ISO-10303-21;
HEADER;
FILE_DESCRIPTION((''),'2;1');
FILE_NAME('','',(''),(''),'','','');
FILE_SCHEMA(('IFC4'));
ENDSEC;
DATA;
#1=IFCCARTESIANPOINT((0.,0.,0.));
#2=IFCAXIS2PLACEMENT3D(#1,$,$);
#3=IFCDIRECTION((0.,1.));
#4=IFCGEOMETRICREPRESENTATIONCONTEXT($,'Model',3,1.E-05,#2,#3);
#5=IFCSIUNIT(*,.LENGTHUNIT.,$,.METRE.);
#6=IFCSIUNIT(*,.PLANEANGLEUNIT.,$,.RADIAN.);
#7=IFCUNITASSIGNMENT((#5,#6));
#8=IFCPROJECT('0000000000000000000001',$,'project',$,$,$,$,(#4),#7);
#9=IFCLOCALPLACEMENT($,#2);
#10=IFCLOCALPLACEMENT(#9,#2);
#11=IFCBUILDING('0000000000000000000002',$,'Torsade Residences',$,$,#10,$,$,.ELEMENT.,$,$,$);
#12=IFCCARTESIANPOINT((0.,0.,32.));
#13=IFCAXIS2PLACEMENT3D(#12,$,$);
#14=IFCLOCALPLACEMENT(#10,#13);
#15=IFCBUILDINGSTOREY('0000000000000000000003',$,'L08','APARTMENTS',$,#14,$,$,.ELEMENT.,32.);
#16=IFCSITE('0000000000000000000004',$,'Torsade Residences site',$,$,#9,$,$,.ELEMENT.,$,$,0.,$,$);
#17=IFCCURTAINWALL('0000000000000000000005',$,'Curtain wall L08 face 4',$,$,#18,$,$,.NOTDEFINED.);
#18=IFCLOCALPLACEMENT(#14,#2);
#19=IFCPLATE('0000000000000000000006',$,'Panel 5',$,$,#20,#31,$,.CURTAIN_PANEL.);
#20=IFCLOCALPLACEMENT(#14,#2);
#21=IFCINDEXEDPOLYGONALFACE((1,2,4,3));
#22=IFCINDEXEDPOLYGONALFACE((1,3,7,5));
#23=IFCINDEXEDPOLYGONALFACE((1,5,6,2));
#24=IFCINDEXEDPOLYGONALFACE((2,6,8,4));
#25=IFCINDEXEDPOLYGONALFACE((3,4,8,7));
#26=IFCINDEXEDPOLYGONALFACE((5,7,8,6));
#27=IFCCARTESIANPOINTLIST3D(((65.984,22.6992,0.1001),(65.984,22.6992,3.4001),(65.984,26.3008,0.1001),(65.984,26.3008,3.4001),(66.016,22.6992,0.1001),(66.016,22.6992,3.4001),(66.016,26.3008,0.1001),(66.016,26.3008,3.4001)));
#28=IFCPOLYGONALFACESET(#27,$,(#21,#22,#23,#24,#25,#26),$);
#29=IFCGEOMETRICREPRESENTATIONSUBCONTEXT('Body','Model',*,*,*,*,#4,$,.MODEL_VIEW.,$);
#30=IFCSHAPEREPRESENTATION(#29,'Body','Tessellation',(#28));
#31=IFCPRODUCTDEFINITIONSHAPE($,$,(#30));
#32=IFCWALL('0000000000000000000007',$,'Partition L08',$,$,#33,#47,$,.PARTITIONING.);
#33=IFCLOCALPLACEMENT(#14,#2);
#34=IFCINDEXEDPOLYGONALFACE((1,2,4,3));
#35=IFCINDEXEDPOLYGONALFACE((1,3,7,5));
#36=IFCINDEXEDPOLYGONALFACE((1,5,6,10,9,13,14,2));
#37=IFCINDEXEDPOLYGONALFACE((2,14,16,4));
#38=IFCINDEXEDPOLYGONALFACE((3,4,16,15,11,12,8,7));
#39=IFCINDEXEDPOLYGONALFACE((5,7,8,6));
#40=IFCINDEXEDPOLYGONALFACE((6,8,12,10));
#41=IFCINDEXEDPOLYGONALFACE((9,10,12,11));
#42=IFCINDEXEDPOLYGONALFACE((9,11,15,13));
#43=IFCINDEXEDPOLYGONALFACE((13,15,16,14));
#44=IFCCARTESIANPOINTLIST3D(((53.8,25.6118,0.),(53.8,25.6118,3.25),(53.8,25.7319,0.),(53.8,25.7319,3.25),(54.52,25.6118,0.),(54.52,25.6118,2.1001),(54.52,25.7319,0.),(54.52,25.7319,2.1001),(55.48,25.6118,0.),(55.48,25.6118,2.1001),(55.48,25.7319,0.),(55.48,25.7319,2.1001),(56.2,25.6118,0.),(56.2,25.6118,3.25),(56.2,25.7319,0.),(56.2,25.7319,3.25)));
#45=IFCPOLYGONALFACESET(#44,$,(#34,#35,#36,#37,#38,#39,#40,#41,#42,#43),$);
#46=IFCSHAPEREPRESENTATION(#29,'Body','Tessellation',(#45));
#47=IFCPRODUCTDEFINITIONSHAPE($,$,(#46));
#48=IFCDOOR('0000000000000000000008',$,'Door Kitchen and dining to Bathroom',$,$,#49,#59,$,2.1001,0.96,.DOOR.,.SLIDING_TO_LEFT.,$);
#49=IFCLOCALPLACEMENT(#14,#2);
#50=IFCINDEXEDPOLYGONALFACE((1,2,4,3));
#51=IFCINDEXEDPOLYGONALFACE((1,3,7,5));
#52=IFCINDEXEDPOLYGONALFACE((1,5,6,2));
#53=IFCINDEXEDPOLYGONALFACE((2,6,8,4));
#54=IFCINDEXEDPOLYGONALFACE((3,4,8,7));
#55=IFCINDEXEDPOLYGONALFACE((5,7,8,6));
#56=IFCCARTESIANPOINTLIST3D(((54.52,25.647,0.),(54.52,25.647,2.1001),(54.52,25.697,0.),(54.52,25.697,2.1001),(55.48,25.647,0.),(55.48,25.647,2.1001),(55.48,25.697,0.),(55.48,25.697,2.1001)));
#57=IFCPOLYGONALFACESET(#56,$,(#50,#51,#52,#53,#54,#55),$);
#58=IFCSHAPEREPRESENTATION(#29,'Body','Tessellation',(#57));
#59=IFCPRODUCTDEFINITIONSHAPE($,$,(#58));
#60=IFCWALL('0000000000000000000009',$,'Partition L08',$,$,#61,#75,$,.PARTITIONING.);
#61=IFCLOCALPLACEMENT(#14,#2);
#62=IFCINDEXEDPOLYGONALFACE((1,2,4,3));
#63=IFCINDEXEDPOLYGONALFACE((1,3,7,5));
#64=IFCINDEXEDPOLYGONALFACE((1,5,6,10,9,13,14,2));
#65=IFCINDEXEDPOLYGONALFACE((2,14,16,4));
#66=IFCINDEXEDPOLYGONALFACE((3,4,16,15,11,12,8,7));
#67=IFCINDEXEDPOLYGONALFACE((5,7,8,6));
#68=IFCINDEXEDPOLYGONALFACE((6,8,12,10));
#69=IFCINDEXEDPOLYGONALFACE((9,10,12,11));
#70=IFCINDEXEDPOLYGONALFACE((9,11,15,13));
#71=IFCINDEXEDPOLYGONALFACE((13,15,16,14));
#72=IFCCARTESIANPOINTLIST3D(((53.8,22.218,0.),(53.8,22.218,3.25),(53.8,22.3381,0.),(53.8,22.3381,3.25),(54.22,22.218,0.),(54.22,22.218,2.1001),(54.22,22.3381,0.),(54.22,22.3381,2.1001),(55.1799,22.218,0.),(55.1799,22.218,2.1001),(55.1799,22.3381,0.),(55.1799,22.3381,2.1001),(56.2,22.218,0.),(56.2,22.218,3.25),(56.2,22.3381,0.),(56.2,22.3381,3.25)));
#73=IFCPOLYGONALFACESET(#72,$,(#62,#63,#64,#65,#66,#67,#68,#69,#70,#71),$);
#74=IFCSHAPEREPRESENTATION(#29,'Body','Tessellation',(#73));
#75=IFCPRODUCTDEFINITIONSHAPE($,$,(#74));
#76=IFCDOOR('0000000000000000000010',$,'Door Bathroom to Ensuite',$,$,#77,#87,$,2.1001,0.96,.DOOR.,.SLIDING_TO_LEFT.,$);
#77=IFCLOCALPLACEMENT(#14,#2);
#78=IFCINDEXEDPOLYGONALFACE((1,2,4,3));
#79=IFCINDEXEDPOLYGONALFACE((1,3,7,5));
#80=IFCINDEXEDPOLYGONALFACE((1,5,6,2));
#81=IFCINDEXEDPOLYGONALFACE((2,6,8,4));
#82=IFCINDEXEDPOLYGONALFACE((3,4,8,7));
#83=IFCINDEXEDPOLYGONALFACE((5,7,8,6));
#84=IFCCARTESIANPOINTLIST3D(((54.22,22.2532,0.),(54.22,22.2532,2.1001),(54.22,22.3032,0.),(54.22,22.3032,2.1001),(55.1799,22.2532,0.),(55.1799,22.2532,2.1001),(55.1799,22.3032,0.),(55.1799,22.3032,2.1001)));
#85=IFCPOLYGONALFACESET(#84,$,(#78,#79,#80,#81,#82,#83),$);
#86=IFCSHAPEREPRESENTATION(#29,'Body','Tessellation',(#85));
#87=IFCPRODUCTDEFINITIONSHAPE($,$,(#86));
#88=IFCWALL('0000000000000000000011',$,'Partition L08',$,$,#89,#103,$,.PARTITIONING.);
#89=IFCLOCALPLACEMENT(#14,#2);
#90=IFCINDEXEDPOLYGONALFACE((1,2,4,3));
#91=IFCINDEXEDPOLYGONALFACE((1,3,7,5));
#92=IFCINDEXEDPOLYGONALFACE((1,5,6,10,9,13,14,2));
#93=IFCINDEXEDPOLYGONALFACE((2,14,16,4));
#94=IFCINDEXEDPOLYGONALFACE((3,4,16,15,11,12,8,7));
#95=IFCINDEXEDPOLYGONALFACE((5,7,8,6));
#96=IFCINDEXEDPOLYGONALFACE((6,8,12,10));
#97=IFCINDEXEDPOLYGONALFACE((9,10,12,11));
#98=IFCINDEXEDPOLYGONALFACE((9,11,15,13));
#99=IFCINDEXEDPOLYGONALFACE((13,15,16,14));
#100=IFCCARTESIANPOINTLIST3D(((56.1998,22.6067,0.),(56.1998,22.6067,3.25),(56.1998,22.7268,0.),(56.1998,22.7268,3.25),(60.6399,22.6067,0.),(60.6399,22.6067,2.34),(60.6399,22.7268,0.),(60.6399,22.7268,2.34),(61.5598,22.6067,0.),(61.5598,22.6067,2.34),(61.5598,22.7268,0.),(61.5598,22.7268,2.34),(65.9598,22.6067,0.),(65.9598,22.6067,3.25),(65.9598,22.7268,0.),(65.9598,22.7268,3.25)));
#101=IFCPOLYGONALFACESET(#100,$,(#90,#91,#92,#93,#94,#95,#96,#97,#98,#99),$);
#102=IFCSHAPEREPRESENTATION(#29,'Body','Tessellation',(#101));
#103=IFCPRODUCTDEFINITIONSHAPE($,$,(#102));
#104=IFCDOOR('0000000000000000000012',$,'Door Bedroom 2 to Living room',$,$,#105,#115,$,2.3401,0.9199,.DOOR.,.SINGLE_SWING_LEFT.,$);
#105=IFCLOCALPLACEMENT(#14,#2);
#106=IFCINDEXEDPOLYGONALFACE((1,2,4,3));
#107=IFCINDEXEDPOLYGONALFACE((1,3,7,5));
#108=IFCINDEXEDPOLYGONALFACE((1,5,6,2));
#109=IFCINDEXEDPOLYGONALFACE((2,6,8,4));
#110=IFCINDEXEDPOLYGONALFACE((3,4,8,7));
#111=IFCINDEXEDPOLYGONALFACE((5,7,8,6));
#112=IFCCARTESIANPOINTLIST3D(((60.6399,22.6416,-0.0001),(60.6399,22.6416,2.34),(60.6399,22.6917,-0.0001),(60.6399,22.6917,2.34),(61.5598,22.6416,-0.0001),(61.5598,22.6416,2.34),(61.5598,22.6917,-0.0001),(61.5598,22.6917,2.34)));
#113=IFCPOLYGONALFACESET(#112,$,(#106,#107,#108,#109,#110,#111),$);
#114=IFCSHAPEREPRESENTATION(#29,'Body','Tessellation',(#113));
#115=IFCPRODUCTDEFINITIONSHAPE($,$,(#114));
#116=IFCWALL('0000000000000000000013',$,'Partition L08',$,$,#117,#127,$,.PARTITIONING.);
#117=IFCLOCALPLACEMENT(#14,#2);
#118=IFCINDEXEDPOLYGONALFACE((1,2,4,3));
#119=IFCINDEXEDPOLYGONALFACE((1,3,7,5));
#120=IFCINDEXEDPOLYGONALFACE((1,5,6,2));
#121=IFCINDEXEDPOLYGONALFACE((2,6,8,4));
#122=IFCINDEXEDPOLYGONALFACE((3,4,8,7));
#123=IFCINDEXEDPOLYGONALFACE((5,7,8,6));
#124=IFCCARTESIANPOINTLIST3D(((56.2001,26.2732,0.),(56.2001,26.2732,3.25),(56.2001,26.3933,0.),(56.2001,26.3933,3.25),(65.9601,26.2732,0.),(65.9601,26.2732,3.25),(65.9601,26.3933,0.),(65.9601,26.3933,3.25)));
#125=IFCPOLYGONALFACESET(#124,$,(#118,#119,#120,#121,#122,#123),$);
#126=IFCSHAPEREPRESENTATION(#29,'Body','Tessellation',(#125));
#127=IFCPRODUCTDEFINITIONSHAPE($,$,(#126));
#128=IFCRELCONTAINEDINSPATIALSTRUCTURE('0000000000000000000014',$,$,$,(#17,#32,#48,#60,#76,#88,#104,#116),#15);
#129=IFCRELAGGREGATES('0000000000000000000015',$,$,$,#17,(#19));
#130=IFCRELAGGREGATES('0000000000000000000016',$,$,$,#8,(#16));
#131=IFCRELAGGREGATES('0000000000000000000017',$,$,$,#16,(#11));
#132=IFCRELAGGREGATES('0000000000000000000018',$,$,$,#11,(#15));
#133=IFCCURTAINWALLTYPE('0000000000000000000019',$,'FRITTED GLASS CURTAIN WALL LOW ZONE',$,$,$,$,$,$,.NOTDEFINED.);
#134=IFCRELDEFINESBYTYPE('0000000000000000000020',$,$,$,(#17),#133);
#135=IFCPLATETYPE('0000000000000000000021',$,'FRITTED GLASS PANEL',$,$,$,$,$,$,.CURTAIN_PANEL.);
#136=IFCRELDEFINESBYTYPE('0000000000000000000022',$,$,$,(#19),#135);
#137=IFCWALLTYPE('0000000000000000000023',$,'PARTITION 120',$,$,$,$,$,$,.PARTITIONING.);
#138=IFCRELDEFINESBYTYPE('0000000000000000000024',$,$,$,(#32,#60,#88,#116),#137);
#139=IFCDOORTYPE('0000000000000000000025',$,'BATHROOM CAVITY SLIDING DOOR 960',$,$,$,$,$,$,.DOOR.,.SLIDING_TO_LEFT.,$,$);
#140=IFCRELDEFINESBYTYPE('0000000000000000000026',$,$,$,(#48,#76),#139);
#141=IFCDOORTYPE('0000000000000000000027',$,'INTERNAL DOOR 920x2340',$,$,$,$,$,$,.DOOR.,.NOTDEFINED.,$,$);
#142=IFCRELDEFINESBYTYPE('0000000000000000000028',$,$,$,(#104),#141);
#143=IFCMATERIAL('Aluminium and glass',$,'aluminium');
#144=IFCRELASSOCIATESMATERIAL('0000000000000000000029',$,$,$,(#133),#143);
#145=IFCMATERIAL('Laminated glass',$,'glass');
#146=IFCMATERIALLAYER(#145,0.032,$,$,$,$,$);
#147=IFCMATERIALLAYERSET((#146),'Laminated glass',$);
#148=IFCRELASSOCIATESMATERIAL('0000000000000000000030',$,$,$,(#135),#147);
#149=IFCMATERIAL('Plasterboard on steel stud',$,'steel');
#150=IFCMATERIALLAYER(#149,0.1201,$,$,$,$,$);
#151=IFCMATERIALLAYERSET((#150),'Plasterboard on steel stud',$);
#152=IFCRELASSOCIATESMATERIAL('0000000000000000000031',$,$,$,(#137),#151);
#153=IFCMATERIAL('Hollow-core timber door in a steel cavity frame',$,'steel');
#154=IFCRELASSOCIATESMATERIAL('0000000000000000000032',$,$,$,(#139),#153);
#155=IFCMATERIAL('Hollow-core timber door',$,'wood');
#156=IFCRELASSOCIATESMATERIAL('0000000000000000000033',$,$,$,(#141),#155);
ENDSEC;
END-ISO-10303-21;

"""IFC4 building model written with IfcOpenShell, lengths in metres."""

from ifc_helpers import new_model, si_unit, direction, frame, frame_2d, origin, origin_2d, place, context, subcontext, project, spatial, rectangle, extrude, material, layer, layer_set, type_object, element, fill, aggregate, save


model = new_model("IFC4")

# Units and contexts
model_context = context("Model", 3, precision=1e-05, world=origin(), true_north=direction((0.0, 1.0)))
body_context = subcontext(model_context, "Body", "Model", "MODEL_VIEW")
ifc_project = project(units=[si_unit("LENGTHUNIT", "METRE"), si_unit("PLANEANGLEUNIT", "RADIAN")], contexts=[model_context])

# Site, building, storey
site_placement = place(None, origin())
site = spatial("IfcSite", under=ifc_project, at=site_placement, Name="Torsade Residences site", CompositionType="ELEMENT", RefElevation=0.0)
building_placement = place(site_placement, origin())
building = spatial("IfcBuilding", under=site, at=building_placement, Name="Torsade Residences", CompositionType="ELEMENT")
storey_placement = place(building_placement, frame((0.0, 0.0, 32.0)))
storey = spatial("IfcBuildingStorey", under=building, at=storey_placement, Name="L08", Description="APARTMENTS", CompositionType="ELEMENT", Elevation=32.0)

# Curtain wall
ifc_material_1 = material(Name="Aluminium and glass", Category="aluminium")
curtain_wall_type = type_object("IfcCurtainWallType", Name="FRITTED GLASS CURTAIN WALL LOW ZONE", PredefinedType="NOTDEFINED", material=ifc_material_1)
curtain_wall_placement = place(storey_placement, origin())
curtain_wall = element("IfcCurtainWall", 1, at=curtain_wall_placement, inside=storey, type_object=curtain_wall_type, Name="Curtain wall L08 face 4", PredefinedType="NOTDEFINED")

# Plate
ifc_material_2 = material(Name="Laminated glass", Category="glass")
ifc_layer_1 = layer(ifc_material_2, 0.032)
ifc_layer_set_1 = layer_set([ifc_layer_1], Name="Laminated glass")
plate_type = type_object("IfcPlateType", Name="FRITTED GLASS PANEL", PredefinedType="CURTAIN_PANEL", material=ifc_layer_set_1)
plate_1_placement = place(storey_placement, frame((66.0, 24.5, 0.1001), z_axis=(0.0, 0.0, 1.0), x_axis=(0.0, 1.0, 0.0)))
plate_1 = element("IfcPlate", 2, at=plate_1_placement, type_object=plate_type, Name="Panel 5", PredefinedType="CURTAIN_PANEL", context=body_context, shape_type="SweptSolid", body=[
    extrude(rectangle(XDim=3.6016, YDim=0.032, at=origin_2d()), origin(), (0.0, 0.0, 1.0), 3.3),
])
aggregate(curtain_wall, [plate_1])

# Walls, openings, doors
ifc_material_3 = material(Name="Plasterboard on steel stud", Category="steel")
ifc_layer_2 = layer(ifc_material_3, 0.1201)
ifc_layer_set_2 = layer_set([ifc_layer_2], Name="Plasterboard on steel stud")
wall_type = type_object("IfcWallType", Name="PARTITION 120", PredefinedType="PARTITIONING", material=ifc_layer_set_2)
wall_1_placement = place(storey_placement, frame((56.2, 25.6719, 0.0), z_axis=(0.0, 0.0, 1.0), x_axis=(-1.0, 0.0, 0.0)))
wall_1 = element("IfcWall", 3, at=wall_1_placement, inside=storey, type_object=wall_type, Name="Partition L08", PredefinedType="PARTITIONING", context=body_context, shape_type="SweptSolid", body=[
    extrude(rectangle(XDim=2.3999, YDim=0.1201, at=frame_2d((1.2, 0.0))), origin(), (0.0, 0.0, 1.0), 3.25),
])
opening_1_placement = place(wall_1_placement, frame((0.72, 0.0, 0.0)))
opening_1 = element("IfcOpeningElement", 4, at=opening_1_placement, cuts=wall_1, PredefinedType="OPENING", context=body_context, shape_type="SweptSolid", body=[
    extrude(rectangle(XDim=0.96, YDim=2.1001, at=frame_2d((0.48, 1.05))), frame((0.0, 0.0701, 0.0), z_axis=(0.0, -1.0, 0.0), x_axis=(1.0, 0.0, 0.0)), (0.0, 0.0, 1.0), 0.1401),
])
ifc_material_4 = material(Name="Hollow-core timber door in a steel cavity frame", Category="steel")
door_type_1 = type_object("IfcDoorType", Name="BATHROOM CAVITY SLIDING DOOR 960", OperationType="SLIDING_TO_LEFT", PredefinedType="DOOR", material=ifc_material_4)
door_1_placement = place(opening_1_placement, origin())
door_1 = element("IfcDoor", 5, at=door_1_placement, inside=storey, type_object=door_type_1, Name="Door Kitchen and dining to Bathroom", OperationType="SLIDING_TO_LEFT", OverallHeight=2.1001, OverallWidth=0.96, PredefinedType="DOOR", context=body_context, shape_type="SweptSolid", body=[
    extrude(rectangle(XDim=0.96, YDim=2.1001, at=frame_2d((0.48, 1.05))), frame((0.0, 0.0249, 0.0), z_axis=(0.0, -1.0, 0.0), x_axis=(1.0, 0.0, 0.0)), (0.0, 0.0, 1.0), 0.05),
])
fill(opening_1, door_1)
wall_2_placement = place(storey_placement, frame((56.2, 22.2781, 0.0), z_axis=(0.0, 0.0, 1.0), x_axis=(-1.0, 0.0, 0.0)))
wall_2 = element("IfcWall", 6, at=wall_2_placement, inside=storey, type_object=wall_type, Name="Partition L08", PredefinedType="PARTITIONING", context=body_context, shape_type="SweptSolid", body=[
    extrude(rectangle(XDim=2.3999, YDim=0.1201, at=frame_2d((1.2, 0.0))), origin(), (0.0, 0.0, 1.0), 3.25),
])
opening_2_placement = place(wall_2_placement, frame((1.02, 0.0, 0.0)))
opening_2 = element("IfcOpeningElement", 7, at=opening_2_placement, cuts=wall_2, PredefinedType="OPENING", context=body_context, shape_type="SweptSolid", body=[
    extrude(rectangle(XDim=0.96, YDim=2.1001, at=frame_2d((0.48, 1.05))), frame((0.0, 0.0701, 0.0), z_axis=(0.0, -1.0, 0.0), x_axis=(1.0, 0.0, 0.0)), (0.0, 0.0, 1.0), 0.1401),
])
door_2_placement = place(opening_2_placement, origin())
door_2 = element("IfcDoor", 8, at=door_2_placement, inside=storey, type_object=door_type_1, Name="Door Bathroom to Ensuite", OperationType="SLIDING_TO_LEFT", OverallHeight=2.1001, OverallWidth=0.96, PredefinedType="DOOR", context=body_context, shape_type="SweptSolid", body=[
    extrude(rectangle(XDim=0.96, YDim=2.1001, at=frame_2d((0.48, 1.05))), frame((0.0, 0.0249, 0.0), z_axis=(0.0, -1.0, 0.0), x_axis=(1.0, 0.0, 0.0)), (0.0, 0.0, 1.0), 0.05),
])
fill(opening_2, door_2)
wall_3_placement = place(storey_placement, frame((56.2, 22.6667, 0.0), z_axis=(0.0, 0.0, 1.0), x_axis=(1.0, 0.0, 0.0)))
wall_3 = element("IfcWall", 9, at=wall_3_placement, inside=storey, type_object=wall_type, Name="Partition L08", PredefinedType="PARTITIONING", context=body_context, shape_type="SweptSolid", body=[
    extrude(rectangle(XDim=9.76, YDim=0.1201, at=frame_2d((4.8799, 0.0))), origin(), (0.0, 0.0, 1.0), 3.25),
])
opening_3_placement = place(wall_3_placement, frame((4.4399, 0.0, 0.0)))
opening_3 = element("IfcOpeningElement", 10, at=opening_3_placement, cuts=wall_3, PredefinedType="OPENING", context=body_context, shape_type="SweptSolid", body=[
    extrude(rectangle(XDim=0.9199, YDim=2.3401, at=frame_2d((0.46, 1.1699))), frame((0.0, 0.0701, 0.0), z_axis=(0.0, -1.0, 0.0), x_axis=(1.0, 0.0, 0.0)), (0.0, 0.0, 1.0), 0.1401),
])
ifc_material_5 = material(Name="Hollow-core timber door", Category="wood")
door_type_2 = type_object("IfcDoorType", Name="INTERNAL DOOR 920x2340", OperationType="NOTDEFINED", PredefinedType="DOOR", material=ifc_material_5)
door_3_placement = place(opening_3_placement, origin())
door_3 = element("IfcDoor", 11, at=door_3_placement, inside=storey, type_object=door_type_2, Name="Door Bedroom 2 to Living room", OperationType="SINGLE_SWING_LEFT", OverallHeight=2.3401, OverallWidth=0.9199, PredefinedType="DOOR", context=body_context, shape_type="SweptSolid", body=[
    extrude(rectangle(XDim=0.9199, YDim=2.3401, at=frame_2d((0.46, 1.1699))), frame((0.0, 0.0249, 0.0), z_axis=(0.0, -1.0, 0.0), x_axis=(1.0, 0.0, 0.0)), (0.0, 0.0, 1.0), 0.05),
])
fill(opening_3, door_3)

# Wall
wall_4_placement = place(storey_placement, frame((65.96, 26.3333, 0.0), z_axis=(0.0, 0.0, 1.0), x_axis=(-1.0, 0.0, 0.0)))
element("IfcWall", 12, at=wall_4_placement, inside=storey, type_object=wall_type, Name="Partition L08", PredefinedType="PARTITIONING", context=body_context, shape_type="SweptSolid", body=[
    extrude(rectangle(XDim=9.76, YDim=0.1201, at=frame_2d((4.8799, 0.0))), origin(), (0.0, 0.0, 1.0), 3.25),
])

save(model, "model.ifc")
